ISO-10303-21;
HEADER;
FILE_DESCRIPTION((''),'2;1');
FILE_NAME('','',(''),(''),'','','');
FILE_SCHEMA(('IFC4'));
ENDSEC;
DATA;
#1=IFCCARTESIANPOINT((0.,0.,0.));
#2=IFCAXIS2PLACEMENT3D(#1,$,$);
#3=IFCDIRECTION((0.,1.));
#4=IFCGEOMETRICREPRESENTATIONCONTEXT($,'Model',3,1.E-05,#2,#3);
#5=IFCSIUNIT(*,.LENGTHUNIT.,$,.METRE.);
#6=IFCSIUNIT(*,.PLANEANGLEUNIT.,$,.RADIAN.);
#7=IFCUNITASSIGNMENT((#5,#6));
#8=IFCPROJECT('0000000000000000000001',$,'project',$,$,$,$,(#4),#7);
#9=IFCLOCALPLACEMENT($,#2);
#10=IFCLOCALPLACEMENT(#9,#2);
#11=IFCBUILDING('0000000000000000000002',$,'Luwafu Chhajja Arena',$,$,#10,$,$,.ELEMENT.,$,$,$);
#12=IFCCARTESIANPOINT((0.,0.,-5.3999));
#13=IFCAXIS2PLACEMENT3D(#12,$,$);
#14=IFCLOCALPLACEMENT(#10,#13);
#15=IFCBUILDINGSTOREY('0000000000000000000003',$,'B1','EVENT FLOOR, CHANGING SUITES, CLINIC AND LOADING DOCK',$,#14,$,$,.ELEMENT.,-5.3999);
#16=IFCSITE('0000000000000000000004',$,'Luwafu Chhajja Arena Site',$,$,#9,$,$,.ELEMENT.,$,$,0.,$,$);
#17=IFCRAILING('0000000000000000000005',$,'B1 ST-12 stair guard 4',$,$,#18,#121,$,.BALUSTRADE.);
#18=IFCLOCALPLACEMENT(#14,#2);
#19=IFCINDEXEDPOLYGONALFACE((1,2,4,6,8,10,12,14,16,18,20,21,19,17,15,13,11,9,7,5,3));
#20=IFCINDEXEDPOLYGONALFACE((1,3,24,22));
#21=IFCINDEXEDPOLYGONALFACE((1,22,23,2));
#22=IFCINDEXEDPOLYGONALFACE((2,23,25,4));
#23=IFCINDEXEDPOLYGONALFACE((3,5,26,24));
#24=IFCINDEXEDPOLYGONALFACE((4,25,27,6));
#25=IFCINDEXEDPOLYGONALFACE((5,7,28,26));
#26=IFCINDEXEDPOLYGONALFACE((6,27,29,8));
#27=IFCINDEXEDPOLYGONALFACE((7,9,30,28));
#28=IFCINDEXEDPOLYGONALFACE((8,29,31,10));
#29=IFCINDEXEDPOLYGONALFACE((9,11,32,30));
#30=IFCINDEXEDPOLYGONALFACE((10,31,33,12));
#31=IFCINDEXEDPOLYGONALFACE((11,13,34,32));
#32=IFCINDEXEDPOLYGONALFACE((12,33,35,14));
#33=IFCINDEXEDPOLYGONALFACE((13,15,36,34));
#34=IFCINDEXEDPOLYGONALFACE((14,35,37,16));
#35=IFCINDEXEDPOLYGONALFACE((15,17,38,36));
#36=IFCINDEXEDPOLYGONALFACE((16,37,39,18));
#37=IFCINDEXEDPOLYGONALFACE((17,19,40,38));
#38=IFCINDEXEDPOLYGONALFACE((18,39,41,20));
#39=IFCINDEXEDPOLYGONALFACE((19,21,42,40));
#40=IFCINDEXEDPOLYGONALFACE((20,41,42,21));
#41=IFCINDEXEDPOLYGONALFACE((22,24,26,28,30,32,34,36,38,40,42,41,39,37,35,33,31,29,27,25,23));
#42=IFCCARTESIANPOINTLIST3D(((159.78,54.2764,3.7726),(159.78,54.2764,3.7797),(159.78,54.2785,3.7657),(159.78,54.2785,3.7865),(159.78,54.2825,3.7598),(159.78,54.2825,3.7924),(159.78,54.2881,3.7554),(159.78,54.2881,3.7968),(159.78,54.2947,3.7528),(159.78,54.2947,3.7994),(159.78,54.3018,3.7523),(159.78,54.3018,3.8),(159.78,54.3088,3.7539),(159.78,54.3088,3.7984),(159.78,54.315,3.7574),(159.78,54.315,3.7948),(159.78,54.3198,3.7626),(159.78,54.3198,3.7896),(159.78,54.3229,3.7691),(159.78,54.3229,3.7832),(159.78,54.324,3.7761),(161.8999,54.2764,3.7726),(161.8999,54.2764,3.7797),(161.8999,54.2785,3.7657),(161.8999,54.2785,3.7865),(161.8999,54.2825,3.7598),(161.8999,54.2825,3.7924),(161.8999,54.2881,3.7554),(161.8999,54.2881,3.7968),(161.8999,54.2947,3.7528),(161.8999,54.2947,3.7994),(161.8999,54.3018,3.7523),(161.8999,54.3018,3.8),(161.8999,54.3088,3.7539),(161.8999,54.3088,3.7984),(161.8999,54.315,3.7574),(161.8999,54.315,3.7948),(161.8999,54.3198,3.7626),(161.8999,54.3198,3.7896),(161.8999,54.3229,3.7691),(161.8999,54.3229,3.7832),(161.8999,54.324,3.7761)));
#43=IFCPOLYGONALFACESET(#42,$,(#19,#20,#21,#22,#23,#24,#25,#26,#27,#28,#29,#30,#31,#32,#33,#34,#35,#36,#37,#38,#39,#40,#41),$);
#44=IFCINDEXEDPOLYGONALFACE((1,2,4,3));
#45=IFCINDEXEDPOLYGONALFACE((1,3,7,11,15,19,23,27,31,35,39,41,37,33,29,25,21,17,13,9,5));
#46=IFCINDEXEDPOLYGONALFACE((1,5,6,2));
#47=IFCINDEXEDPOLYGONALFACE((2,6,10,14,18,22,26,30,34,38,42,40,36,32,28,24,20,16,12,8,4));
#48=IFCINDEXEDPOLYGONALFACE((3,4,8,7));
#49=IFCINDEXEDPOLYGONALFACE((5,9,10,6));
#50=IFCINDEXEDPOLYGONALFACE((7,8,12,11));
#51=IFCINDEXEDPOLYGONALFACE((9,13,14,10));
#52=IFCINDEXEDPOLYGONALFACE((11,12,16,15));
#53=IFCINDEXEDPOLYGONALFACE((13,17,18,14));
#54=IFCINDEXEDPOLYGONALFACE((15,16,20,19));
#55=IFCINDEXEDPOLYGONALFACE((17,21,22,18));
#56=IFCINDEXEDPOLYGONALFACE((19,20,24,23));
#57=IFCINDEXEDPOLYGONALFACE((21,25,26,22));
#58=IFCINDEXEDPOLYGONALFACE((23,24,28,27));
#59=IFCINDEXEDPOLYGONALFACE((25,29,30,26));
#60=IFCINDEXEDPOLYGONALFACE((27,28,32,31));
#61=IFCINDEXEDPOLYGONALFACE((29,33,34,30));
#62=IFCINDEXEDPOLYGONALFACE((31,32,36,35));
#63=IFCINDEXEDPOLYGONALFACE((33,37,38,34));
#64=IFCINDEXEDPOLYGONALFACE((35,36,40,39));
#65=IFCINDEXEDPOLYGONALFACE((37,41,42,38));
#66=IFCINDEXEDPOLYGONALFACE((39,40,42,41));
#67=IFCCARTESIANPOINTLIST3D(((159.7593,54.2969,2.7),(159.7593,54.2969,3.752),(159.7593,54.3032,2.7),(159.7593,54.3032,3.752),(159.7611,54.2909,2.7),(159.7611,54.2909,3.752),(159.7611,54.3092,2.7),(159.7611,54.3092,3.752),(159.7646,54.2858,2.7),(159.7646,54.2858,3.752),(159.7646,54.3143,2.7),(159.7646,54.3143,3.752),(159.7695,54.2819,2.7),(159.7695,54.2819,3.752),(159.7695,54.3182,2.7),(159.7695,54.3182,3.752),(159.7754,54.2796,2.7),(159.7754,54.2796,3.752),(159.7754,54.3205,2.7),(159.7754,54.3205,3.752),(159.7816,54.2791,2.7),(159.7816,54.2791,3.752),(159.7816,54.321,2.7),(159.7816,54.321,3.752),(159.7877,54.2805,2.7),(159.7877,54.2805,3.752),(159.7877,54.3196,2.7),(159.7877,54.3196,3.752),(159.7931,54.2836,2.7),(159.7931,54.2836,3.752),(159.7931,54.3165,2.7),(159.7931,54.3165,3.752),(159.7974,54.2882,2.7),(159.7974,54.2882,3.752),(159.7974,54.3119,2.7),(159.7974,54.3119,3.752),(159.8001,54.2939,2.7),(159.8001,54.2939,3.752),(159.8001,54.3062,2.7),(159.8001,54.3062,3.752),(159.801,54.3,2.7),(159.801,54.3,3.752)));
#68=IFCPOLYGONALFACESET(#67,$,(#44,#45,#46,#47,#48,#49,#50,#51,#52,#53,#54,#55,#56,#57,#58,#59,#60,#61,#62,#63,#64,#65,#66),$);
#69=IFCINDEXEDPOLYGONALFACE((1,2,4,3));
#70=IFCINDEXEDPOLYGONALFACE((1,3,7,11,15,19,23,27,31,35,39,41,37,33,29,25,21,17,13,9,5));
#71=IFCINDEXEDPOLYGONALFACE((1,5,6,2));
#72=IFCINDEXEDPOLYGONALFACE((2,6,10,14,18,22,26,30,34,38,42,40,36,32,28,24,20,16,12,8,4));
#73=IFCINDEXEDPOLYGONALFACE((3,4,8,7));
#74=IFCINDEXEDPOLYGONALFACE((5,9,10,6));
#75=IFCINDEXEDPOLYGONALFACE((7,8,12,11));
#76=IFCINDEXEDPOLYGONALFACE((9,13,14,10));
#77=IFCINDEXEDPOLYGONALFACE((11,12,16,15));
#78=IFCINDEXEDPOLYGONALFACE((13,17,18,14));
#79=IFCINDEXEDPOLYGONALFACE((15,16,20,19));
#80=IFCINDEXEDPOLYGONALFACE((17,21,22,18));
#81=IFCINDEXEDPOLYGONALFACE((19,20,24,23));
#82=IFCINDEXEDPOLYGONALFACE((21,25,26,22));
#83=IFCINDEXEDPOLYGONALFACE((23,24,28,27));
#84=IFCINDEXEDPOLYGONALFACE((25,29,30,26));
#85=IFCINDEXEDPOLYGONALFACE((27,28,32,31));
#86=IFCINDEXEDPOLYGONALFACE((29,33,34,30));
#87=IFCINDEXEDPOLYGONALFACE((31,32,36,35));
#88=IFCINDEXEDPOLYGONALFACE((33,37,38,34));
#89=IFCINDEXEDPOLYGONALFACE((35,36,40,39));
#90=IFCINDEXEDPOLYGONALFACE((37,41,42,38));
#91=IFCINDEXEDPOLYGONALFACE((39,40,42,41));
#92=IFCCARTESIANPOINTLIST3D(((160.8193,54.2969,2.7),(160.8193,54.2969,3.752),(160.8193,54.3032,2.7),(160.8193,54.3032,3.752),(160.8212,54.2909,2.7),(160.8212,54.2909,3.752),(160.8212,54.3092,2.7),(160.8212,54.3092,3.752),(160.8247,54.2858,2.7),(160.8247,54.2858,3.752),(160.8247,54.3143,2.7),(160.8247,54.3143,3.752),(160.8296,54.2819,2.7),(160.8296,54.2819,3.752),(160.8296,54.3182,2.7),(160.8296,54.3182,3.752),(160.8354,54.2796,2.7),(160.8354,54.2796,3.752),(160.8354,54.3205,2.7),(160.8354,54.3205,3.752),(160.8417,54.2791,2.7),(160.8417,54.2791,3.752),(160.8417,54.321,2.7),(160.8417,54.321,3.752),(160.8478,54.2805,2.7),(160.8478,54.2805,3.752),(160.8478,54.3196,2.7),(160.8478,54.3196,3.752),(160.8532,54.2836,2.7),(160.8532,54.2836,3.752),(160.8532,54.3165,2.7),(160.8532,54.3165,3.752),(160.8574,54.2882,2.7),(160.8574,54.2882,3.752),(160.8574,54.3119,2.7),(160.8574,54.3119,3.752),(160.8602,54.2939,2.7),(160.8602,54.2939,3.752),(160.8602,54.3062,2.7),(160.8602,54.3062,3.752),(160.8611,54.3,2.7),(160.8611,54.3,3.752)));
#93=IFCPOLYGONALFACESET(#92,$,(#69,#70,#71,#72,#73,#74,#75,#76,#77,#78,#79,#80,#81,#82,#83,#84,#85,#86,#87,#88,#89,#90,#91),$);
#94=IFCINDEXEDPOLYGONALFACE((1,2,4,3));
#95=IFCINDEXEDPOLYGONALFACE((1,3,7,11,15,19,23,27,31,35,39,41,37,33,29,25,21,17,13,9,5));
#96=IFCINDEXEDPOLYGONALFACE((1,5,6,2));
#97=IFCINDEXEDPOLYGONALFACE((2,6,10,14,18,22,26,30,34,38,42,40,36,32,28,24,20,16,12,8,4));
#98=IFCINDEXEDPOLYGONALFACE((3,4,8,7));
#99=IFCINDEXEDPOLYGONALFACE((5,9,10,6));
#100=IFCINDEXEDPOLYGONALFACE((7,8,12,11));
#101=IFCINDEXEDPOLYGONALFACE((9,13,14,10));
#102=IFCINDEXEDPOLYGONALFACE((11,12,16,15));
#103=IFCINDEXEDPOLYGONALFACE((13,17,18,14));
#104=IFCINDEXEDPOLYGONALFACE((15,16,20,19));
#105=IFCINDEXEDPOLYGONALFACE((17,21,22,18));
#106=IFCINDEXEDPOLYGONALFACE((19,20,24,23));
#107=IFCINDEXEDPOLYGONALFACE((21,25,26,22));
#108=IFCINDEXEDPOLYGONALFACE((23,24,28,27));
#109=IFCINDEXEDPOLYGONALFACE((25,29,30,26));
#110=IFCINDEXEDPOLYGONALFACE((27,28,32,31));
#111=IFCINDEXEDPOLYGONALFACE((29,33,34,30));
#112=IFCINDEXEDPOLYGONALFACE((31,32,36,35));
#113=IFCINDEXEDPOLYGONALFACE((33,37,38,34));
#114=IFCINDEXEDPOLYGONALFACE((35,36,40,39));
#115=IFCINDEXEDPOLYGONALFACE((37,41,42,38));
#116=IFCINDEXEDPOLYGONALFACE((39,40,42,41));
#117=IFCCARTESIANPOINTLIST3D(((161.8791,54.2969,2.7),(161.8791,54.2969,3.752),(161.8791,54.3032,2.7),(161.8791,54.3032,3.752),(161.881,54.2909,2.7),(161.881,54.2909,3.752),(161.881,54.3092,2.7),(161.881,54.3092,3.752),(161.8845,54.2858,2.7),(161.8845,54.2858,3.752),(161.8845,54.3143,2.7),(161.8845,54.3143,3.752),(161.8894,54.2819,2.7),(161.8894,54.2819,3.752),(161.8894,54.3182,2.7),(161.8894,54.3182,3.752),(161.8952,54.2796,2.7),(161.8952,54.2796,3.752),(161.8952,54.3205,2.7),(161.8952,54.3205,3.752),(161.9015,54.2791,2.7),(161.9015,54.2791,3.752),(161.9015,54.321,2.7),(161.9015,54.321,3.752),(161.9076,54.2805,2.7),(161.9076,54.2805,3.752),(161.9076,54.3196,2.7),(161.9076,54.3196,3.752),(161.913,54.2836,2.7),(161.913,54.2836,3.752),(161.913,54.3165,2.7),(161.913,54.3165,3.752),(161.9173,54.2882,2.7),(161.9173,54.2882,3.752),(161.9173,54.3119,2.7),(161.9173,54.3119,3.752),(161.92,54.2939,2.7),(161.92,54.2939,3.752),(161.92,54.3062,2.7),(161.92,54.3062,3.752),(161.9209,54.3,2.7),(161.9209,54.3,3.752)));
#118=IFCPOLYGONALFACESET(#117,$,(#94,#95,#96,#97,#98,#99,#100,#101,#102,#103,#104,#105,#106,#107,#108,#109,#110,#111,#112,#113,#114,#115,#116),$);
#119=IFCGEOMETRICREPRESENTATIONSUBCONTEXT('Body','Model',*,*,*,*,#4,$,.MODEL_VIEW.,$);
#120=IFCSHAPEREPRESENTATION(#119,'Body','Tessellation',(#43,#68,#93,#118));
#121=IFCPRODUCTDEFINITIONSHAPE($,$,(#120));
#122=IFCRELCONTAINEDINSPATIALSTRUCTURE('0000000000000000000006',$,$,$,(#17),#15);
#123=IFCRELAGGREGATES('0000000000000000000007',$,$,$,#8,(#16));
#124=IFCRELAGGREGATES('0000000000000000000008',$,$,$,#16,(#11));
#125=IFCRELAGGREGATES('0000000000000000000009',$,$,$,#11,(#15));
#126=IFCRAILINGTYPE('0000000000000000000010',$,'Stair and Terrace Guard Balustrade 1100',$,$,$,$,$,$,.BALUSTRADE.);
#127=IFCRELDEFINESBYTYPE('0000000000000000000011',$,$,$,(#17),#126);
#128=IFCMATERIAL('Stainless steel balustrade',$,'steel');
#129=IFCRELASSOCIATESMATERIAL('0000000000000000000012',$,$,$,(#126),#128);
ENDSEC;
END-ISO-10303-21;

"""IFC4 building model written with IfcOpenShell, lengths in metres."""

from ifc_helpers import new_model, si_unit, direction, frame, origin, origin_2d, place, context, subcontext, project, spatial, circle, extrude, material, type_object, element, save


model = new_model("IFC4")

# Units and contexts
model_context = context("Model", 3, precision=1e-05, world=origin(), true_north=direction((0.0, 1.0)))
body_context = subcontext(model_context, "Body", "Model", "MODEL_VIEW")
ifc_project = project(units=[si_unit("LENGTHUNIT", "METRE"), si_unit("PLANEANGLEUNIT", "RADIAN")], contexts=[model_context])

# Site, building, storey
site_placement = place(None, origin())
site = spatial("IfcSite", under=ifc_project, at=site_placement, Name="Luwafu Chhajja Arena Site", CompositionType="ELEMENT", RefElevation=0.0)
building_placement = place(site_placement, origin())
building = spatial("IfcBuilding", under=site, at=building_placement, Name="Luwafu Chhajja Arena", CompositionType="ELEMENT")
storey_placement = place(building_placement, frame((0.0, 0.0, -5.3999)))
storey = spatial("IfcBuildingStorey", under=building, at=storey_placement, Name="B1", Description="EVENT FLOOR, CHANGING SUITES, CLINIC AND LOADING DOCK", CompositionType="ELEMENT", Elevation=-5.3999)

# Railing
ifc_material_1 = material(Name="Stainless steel balustrade", Category="steel")
railing_type_1 = type_object("IfcRailingType", Name="Stair and Terrace Guard Balustrade 1100", PredefinedType="BALUSTRADE", material=ifc_material_1)
for number, where, name in (
    (1, (159.78, 54.3, 2.7), "B1 ST-12 stair guard 4"),
):
    element("IfcRailing", number, at=place(storey_placement, frame(where)), inside=storey, type_object=railing_type_1, Name=name, PredefinedType="BALUSTRADE", context=body_context, shape_type="SweptSolid", body=[
        extrude(circle(Radius=0.0239, at=origin_2d()), frame((0.0, 0.0, 1.0762), z_axis=(1.0, 0.0, 0.0), x_axis=(0.0, 1.0, 0.0)), (0.0, 0.0, 1.0), 2.1199),
        extrude(circle(Radius=0.021, at=origin_2d()), origin(), (0.0, 0.0, 1.0), 1.052),
        extrude(circle(Radius=0.021, at=origin_2d()), frame((1.0601, 0.0, 0.0)), (0.0, 0.0, 1.0), 1.052),
        extrude(circle(Radius=0.021, at=origin_2d()), frame((2.1199, 0.0, 0.0)), (0.0, 0.0, 1.0), 1.052),
    ])

save(model, "model.ifc")
